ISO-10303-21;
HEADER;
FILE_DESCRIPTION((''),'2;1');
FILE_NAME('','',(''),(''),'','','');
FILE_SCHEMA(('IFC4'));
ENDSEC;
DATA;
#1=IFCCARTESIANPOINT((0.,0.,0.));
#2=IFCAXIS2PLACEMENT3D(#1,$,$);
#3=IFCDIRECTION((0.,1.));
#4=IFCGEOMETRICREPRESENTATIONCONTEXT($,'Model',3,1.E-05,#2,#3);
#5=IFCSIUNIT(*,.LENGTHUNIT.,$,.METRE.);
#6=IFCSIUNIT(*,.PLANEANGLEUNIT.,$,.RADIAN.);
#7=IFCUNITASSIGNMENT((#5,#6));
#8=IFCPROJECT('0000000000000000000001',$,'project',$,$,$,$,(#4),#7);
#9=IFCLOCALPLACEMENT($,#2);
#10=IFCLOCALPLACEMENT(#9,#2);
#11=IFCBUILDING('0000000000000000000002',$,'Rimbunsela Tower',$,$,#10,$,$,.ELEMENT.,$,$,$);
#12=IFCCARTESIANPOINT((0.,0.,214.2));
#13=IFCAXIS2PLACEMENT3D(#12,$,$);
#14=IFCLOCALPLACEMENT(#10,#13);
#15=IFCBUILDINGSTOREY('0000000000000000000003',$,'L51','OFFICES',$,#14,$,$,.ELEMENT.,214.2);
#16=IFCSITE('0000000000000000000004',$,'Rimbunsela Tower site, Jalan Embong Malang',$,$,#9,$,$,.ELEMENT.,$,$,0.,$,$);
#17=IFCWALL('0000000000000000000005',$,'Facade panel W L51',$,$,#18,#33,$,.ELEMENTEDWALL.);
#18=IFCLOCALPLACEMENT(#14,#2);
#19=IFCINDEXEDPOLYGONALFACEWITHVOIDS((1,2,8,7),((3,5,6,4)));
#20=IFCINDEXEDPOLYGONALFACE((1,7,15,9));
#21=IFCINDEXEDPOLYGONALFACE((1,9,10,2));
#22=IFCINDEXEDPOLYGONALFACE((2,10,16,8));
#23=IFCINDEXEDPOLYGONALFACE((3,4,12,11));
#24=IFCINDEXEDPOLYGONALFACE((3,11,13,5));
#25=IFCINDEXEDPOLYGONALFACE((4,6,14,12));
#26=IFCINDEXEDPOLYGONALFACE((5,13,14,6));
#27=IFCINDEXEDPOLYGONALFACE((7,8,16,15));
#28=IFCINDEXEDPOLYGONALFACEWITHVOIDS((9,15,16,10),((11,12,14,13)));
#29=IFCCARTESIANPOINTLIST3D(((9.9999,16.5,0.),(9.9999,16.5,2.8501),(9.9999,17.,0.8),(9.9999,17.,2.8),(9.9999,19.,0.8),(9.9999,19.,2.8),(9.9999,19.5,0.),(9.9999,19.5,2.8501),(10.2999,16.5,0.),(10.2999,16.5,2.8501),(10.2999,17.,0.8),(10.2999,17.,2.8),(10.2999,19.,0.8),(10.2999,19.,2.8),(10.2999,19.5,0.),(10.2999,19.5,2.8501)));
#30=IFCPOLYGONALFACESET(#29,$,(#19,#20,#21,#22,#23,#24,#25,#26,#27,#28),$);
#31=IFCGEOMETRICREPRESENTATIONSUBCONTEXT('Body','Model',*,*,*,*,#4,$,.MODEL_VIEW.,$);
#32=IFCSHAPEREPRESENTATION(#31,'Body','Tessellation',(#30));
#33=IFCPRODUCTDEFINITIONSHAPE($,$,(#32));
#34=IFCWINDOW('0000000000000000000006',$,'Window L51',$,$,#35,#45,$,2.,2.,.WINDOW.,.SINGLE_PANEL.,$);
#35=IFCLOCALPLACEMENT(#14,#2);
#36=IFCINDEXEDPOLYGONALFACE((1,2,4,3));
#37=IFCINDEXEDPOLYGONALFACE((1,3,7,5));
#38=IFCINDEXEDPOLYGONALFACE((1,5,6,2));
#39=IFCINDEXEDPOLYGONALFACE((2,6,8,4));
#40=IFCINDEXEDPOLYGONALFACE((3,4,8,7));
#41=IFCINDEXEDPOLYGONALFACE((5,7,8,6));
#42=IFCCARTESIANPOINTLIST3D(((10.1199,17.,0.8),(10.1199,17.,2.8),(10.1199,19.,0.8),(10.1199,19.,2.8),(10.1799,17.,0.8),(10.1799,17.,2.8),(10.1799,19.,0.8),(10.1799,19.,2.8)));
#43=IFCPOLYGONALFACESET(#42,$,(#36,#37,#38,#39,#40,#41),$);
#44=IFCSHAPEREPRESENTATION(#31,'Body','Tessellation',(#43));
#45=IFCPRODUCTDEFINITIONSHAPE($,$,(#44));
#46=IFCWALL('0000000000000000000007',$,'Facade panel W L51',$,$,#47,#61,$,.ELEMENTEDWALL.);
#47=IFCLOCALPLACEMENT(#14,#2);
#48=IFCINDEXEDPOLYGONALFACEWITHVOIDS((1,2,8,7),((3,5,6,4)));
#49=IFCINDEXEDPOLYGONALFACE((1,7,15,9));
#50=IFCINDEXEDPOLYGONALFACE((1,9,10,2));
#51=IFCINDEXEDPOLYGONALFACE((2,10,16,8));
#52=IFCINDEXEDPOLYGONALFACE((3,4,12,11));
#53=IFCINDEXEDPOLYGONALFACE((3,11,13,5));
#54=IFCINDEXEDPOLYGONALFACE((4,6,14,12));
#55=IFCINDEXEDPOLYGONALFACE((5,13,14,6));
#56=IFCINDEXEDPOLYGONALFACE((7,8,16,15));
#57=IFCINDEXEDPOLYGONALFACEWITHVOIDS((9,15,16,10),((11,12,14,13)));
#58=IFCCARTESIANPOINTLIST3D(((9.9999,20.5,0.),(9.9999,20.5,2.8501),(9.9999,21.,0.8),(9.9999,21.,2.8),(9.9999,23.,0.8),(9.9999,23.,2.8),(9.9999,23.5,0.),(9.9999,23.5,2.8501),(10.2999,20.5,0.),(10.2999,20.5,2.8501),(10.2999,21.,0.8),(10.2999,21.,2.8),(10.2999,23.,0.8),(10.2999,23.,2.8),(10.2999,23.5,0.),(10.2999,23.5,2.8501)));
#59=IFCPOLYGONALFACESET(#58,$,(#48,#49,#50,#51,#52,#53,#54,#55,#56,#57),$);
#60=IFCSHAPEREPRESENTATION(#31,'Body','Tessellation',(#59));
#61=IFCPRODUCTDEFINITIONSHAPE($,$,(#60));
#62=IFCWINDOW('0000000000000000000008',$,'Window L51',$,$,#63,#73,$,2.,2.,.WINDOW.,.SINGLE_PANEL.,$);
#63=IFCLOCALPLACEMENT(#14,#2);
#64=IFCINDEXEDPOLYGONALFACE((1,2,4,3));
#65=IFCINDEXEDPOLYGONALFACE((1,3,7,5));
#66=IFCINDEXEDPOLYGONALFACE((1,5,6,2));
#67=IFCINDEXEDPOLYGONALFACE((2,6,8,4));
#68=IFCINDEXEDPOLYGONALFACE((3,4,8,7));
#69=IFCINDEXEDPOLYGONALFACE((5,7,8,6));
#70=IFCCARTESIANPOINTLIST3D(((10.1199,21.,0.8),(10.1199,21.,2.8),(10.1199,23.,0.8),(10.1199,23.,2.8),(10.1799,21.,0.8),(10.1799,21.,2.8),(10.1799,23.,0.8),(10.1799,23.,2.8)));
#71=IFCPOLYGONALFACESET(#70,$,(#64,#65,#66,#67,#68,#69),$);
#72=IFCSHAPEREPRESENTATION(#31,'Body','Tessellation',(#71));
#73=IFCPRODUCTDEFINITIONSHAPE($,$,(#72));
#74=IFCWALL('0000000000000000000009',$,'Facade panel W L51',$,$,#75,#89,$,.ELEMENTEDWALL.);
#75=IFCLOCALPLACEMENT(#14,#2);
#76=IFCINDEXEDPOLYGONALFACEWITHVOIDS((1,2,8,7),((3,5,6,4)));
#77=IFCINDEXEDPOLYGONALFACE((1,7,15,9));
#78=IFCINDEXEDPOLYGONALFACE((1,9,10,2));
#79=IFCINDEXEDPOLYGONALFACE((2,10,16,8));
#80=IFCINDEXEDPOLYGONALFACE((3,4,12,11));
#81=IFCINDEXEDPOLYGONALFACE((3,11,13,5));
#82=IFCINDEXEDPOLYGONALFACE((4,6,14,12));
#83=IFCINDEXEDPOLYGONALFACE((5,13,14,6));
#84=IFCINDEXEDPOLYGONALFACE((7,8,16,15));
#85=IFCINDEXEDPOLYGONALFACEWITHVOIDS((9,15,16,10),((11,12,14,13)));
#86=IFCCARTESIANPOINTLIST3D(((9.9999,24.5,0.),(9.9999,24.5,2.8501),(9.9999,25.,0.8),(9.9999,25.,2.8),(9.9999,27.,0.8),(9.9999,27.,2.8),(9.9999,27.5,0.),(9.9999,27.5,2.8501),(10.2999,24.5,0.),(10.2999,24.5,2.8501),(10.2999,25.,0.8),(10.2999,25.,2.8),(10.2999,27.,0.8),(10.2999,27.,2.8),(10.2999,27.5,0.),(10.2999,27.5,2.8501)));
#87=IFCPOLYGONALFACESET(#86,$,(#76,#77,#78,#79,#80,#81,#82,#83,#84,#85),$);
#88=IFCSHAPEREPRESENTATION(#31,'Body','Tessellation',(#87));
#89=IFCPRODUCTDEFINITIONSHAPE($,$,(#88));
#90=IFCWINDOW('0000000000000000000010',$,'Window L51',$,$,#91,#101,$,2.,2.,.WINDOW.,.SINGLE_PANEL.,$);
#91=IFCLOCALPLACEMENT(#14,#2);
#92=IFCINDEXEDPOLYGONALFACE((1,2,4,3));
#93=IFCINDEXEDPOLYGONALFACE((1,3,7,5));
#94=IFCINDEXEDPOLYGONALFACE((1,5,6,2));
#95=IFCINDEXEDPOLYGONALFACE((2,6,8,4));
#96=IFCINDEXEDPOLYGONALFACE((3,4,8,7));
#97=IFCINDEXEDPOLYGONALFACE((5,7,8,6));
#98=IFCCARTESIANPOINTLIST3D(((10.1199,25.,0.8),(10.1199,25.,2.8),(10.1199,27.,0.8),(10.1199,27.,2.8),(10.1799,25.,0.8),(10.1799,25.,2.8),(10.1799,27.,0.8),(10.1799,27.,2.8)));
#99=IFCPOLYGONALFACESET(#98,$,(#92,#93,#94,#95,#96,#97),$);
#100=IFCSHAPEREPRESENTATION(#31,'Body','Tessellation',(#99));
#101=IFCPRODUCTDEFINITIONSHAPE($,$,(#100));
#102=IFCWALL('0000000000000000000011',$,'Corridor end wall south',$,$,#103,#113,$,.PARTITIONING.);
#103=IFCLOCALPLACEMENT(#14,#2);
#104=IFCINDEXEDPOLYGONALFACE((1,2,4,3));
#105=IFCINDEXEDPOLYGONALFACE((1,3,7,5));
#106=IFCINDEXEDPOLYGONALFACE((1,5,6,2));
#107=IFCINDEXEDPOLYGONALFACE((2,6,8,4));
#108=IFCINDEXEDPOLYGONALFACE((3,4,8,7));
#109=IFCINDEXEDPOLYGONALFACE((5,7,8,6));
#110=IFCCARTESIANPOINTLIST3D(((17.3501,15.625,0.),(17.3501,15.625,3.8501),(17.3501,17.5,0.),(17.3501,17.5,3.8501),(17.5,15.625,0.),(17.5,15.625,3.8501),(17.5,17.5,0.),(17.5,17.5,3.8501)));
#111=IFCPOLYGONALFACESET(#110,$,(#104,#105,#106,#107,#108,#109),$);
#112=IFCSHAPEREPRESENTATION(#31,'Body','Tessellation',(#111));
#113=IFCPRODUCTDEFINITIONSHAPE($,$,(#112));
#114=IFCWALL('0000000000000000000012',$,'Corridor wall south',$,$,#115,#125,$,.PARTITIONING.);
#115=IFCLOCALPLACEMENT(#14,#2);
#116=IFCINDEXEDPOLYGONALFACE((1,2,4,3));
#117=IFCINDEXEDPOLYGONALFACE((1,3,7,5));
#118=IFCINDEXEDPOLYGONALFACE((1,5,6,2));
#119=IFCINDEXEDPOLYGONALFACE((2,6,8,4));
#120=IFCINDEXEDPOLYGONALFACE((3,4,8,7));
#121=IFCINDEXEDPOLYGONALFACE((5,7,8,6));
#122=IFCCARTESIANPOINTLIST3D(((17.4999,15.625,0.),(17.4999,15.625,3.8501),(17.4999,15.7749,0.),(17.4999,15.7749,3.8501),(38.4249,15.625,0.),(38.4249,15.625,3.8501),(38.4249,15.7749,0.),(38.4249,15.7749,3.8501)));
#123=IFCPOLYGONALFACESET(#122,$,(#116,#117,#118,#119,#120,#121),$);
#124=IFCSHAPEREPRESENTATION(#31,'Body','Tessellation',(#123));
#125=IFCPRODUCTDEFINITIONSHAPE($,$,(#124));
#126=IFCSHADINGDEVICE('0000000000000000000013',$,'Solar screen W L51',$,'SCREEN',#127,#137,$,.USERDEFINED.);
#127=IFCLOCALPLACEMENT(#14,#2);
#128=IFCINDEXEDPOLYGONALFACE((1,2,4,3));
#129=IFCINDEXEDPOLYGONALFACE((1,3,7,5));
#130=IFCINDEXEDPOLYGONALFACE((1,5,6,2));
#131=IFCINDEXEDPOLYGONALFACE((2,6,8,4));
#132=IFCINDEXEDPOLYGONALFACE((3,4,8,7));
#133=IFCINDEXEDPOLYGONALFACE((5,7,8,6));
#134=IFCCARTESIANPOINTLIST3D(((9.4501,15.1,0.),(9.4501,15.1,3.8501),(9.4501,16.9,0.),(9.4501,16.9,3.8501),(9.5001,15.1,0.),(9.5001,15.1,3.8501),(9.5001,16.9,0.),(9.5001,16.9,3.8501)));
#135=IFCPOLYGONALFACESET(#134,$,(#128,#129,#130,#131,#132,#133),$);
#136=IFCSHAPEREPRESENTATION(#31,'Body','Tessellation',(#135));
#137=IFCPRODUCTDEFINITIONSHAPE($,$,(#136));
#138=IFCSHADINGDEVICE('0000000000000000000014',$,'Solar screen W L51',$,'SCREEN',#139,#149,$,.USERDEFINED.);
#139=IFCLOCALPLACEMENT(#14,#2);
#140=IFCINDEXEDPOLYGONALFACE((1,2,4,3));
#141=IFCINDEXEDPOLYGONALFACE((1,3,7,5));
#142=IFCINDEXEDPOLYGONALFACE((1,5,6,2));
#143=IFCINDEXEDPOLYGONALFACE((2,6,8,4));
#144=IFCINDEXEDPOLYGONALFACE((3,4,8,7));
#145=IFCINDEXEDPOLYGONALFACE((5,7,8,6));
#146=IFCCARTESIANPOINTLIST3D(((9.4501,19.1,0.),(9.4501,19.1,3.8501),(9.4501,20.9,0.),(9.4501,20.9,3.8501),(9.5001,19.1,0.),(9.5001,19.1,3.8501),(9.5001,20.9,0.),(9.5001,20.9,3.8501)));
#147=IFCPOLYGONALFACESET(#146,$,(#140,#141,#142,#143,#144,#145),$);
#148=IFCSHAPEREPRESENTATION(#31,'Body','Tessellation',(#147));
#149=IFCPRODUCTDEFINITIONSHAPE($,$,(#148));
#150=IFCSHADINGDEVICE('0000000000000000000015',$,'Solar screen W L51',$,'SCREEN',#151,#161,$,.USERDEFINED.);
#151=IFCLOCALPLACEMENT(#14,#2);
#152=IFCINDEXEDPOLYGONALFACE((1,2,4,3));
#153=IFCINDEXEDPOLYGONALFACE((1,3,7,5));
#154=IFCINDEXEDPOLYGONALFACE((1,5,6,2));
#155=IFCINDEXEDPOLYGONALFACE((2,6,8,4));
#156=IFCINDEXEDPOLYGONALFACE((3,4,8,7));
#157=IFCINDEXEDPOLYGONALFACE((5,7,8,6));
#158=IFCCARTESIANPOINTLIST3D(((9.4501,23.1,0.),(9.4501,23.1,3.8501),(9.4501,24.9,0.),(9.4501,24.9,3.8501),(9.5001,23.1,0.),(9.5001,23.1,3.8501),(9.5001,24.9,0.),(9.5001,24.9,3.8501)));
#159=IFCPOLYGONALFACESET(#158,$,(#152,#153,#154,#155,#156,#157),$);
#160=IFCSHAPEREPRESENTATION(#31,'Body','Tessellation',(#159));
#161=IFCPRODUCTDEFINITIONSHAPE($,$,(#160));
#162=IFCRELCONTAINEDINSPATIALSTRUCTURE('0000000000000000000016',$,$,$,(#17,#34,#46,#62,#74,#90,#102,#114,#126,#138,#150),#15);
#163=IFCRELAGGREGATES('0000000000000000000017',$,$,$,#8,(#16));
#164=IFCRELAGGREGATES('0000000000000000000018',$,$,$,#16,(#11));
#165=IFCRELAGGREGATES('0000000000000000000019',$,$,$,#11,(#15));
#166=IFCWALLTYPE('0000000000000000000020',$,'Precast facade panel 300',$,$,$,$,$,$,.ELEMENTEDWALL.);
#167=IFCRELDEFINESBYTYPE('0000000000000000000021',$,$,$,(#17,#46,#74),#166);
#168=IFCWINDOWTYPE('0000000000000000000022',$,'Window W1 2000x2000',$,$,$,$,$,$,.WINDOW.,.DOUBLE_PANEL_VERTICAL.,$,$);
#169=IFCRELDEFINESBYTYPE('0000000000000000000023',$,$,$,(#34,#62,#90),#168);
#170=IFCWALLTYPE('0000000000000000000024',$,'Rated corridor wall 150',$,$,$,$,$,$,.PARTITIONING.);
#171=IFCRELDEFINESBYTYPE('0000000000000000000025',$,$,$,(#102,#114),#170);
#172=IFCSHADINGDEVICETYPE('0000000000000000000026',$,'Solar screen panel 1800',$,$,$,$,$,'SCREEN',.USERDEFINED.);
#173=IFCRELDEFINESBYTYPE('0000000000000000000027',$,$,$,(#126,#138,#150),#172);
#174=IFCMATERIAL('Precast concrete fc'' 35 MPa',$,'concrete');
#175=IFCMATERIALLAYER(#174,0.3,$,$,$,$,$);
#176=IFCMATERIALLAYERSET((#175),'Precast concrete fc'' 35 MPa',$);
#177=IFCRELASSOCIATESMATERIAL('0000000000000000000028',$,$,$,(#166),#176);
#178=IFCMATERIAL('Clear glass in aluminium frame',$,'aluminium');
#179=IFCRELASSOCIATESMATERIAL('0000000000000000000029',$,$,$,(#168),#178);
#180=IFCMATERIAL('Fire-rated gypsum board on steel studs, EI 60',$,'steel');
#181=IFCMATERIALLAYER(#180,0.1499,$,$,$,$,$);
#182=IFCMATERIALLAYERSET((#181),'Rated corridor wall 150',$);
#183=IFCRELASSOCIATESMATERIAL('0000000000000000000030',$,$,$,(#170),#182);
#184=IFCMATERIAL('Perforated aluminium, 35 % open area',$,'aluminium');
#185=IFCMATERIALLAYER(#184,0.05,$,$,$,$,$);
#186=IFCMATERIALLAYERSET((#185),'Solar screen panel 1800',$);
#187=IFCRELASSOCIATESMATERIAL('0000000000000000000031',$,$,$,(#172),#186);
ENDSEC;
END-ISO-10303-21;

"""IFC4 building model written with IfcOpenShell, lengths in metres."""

from ifc_helpers import new_model, si_unit, direction, frame, frame_2d, origin, origin_2d, place, context, subcontext, project, spatial, rectangle, extrude, material, layer, layer_set, type_object, element, fill, save


model = new_model("IFC4")

# Units and contexts
model_context = context("Model", 3, precision=1e-05, world=origin(), true_north=direction((0.0, 1.0)))
body_context = subcontext(model_context, "Body", "Model", "MODEL_VIEW")
ifc_project = project(units=[si_unit("LENGTHUNIT", "METRE"), si_unit("PLANEANGLEUNIT", "RADIAN")], contexts=[model_context])

# Site, building, storey
site_placement = place(None, origin())
site = spatial("IfcSite", under=ifc_project, at=site_placement, Name="Rimbunsela Tower site, Jalan Embong Malang", CompositionType="ELEMENT", RefElevation=0.0)
building_placement = place(site_placement, origin())
building = spatial("IfcBuilding", under=site, at=building_placement, Name="Rimbunsela Tower", CompositionType="ELEMENT")
storey_placement = place(building_placement, frame((0.0, 0.0, 214.2)))
storey = spatial("IfcBuildingStorey", under=building, at=storey_placement, Name="L51", Description="OFFICES", CompositionType="ELEMENT", Elevation=214.2)

# Walls, openings, windows
ifc_material_1 = material(Name="Precast concrete fc' 35 MPa", Category="concrete")
ifc_layer_1 = layer(ifc_material_1, 0.3)
ifc_layer_set_1 = layer_set([ifc_layer_1], Name="Precast concrete fc' 35 MPa")
wall_type_1 = type_object("IfcWallType", Name="Precast facade panel 300", PredefinedType="ELEMENTEDWALL", material=ifc_layer_set_1)
wall_1_placement = place(storey_placement, frame((10.1499, 19.5, 0.0), z_axis=(0.0, 0.0, 1.0), x_axis=(0.0, -1.0, 0.0)))
wall_1 = element("IfcWall", 1, at=wall_1_placement, inside=storey, type_object=wall_type_1, Name="Facade panel W L51", PredefinedType="ELEMENTEDWALL", context=body_context, shape_type="SweptSolid", body=[
    extrude(rectangle(XDim=3.0, YDim=0.3, at=frame_2d((1.5, 0.0))), origin(), (0.0, 0.0, 1.0), 2.8501),
])
opening_1_placement = place(wall_1_placement, frame((0.5, 0.0, 0.8)))
opening_1 = element("IfcOpeningElement", 2, at=opening_1_placement, cuts=wall_1, PredefinedType="OPENING", context=body_context, shape_type="SweptSolid", body=[
    extrude(rectangle(XDim=2.0, YDim=2.0, at=frame_2d((1.0, 1.0))), frame((0.0, 0.1599, 0.0), z_axis=(0.0, -1.0, 0.0), x_axis=(1.0, 0.0, 0.0)), (0.0, 0.0, 1.0), 0.3201),
])
ifc_material_2 = material(Name="Clear glass in aluminium frame", Category="aluminium")
window_type = type_object("IfcWindowType", Name="Window W1 2000x2000", PartitioningType="DOUBLE_PANEL_VERTICAL", PredefinedType="WINDOW", material=ifc_material_2)
window_1_placement = place(opening_1_placement, origin())
window_1 = element("IfcWindow", 3, at=window_1_placement, inside=storey, type_object=window_type, Name="Window L51", OverallHeight=2.0, OverallWidth=2.0, PartitioningType="SINGLE_PANEL", PredefinedType="WINDOW", context=body_context, shape_type="SweptSolid", body=[
    extrude(rectangle(XDim=2.0, YDim=2.0, at=frame_2d((1.0, 1.0))), frame((0.0, 0.03, 0.0), z_axis=(0.0, -1.0, 0.0), x_axis=(1.0, 0.0, 0.0)), (0.0, 0.0, 1.0), 0.0601),
])
fill(opening_1, window_1)
wall_2_placement = place(storey_placement, frame((10.1499, 23.5, 0.0), z_axis=(0.0, 0.0, 1.0), x_axis=(0.0, -1.0, 0.0)))
wall_2 = element("IfcWall", 4, at=wall_2_placement, inside=storey, type_object=wall_type_1, Name="Facade panel W L51", PredefinedType="ELEMENTEDWALL", context=body_context, shape_type="SweptSolid", body=[
    extrude(rectangle(XDim=3.0, YDim=0.3, at=frame_2d((1.5, 0.0))), origin(), (0.0, 0.0, 1.0), 2.8501),
])
opening_2_placement = place(wall_2_placement, frame((0.5, 0.0, 0.8)))
opening_2 = element("IfcOpeningElement", 5, at=opening_2_placement, cuts=wall_2, PredefinedType="OPENING", context=body_context, shape_type="SweptSolid", body=[
    extrude(rectangle(XDim=2.0, YDim=2.0, at=frame_2d((1.0, 1.0))), frame((0.0, 0.1599, 0.0), z_axis=(0.0, -1.0, 0.0), x_axis=(1.0, 0.0, 0.0)), (0.0, 0.0, 1.0), 0.3201),
])
window_2_placement = place(opening_2_placement, origin())
window_2 = element("IfcWindow", 6, at=window_2_placement, inside=storey, type_object=window_type, Name="Window L51", OverallHeight=2.0, OverallWidth=2.0, PartitioningType="SINGLE_PANEL", PredefinedType="WINDOW", context=body_context, shape_type="SweptSolid", body=[
    extrude(rectangle(XDim=2.0, YDim=2.0, at=frame_2d((1.0, 1.0))), frame((0.0, 0.03, 0.0), z_axis=(0.0, -1.0, 0.0), x_axis=(1.0, 0.0, 0.0)), (0.0, 0.0, 1.0), 0.0601),
])
fill(opening_2, window_2)
wall_3_placement = place(storey_placement, frame((10.1499, 27.5, 0.0), z_axis=(0.0, 0.0, 1.0), x_axis=(0.0, -1.0, 0.0)))
wall_3 = element("IfcWall", 7, at=wall_3_placement, inside=storey, type_object=wall_type_1, Name="Facade panel W L51", PredefinedType="ELEMENTEDWALL", context=body_context, shape_type="SweptSolid", body=[
    extrude(rectangle(XDim=3.0, YDim=0.3, at=frame_2d((1.5, 0.0))), origin(), (0.0, 0.0, 1.0), 2.8501),
])
opening_3_placement = place(wall_3_placement, frame((0.5, 0.0, 0.8)))
opening_3 = element("IfcOpeningElement", 8, at=opening_3_placement, cuts=wall_3, PredefinedType="OPENING", context=body_context, shape_type="SweptSolid", body=[
    extrude(rectangle(XDim=2.0, YDim=2.0, at=frame_2d((1.0, 1.0))), frame((0.0, 0.1599, 0.0), z_axis=(0.0, -1.0, 0.0), x_axis=(1.0, 0.0, 0.0)), (0.0, 0.0, 1.0), 0.3201),
])
window_3_placement = place(opening_3_placement, origin())
window_3 = element("IfcWindow", 9, at=window_3_placement, inside=storey, type_object=window_type, Name="Window L51", OverallHeight=2.0, OverallWidth=2.0, PartitioningType="SINGLE_PANEL", PredefinedType="WINDOW", context=body_context, shape_type="SweptSolid", body=[
    extrude(rectangle(XDim=2.0, YDim=2.0, at=frame_2d((1.0, 1.0))), frame((0.0, 0.03, 0.0), z_axis=(0.0, -1.0, 0.0), x_axis=(1.0, 0.0, 0.0)), (0.0, 0.0, 1.0), 0.0601),
])
fill(opening_3, window_3)

# Walls
ifc_material_3 = material(Name="Fire-rated gypsum board on steel studs, EI 60", Category="steel")
ifc_layer_2 = layer(ifc_material_3, 0.1499)
ifc_layer_set_2 = layer_set([ifc_layer_2], Name="Rated corridor wall 150")
wall_type_2 = type_object("IfcWallType", Name="Rated corridor wall 150", PredefinedType="PARTITIONING", material=ifc_layer_set_2)
wall_4_placement = place(storey_placement, frame((17.425, 15.625, 0.0), z_axis=(0.0, 0.0, 1.0), x_axis=(0.0, 1.0, 0.0)))
element("IfcWall", 10, at=wall_4_placement, inside=storey, type_object=wall_type_2, Name="Corridor end wall south", PredefinedType="PARTITIONING", context=body_context, shape_type="SweptSolid", body=[
    extrude(rectangle(XDim=1.875, YDim=0.1499, at=frame_2d((0.9375, 0.0))), origin(), (0.0, 0.0, 1.0), 3.8501),
])
wall_5_placement = place(storey_placement, frame((17.5, 15.7, 0.0), z_axis=(0.0, 0.0, 1.0), x_axis=(1.0, 0.0, 0.0)))
element("IfcWall", 11, at=wall_5_placement, inside=storey, type_object=wall_type_2, Name="Corridor wall south", PredefinedType="PARTITIONING", context=body_context, shape_type="SweptSolid", body=[
    extrude(rectangle(XDim=20.925, YDim=0.1499, at=frame_2d((10.4624, 0.0))), origin(), (0.0, 0.0, 1.0), 3.8501),
])

# Shading devices
ifc_material_4 = material(Name="Perforated aluminium, 35 % open area", Category="aluminium")
ifc_layer_3 = layer(ifc_material_4, 0.05)
ifc_layer_set_3 = layer_set([ifc_layer_3], Name="Solar screen panel 1800")
shading_device_type = type_object("IfcShadingDeviceType", Name="Solar screen panel 1800", ElementType="SCREEN", PredefinedType="USERDEFINED", material=ifc_layer_set_3)
for number, where, z_axis, x_axis, name in (
    (12, (9.4751, 16.0, 0.0), (0.0, 0.0, 1.0), (0.0, 1.0, 0.0), "Solar screen W L51"),
    (13, (9.4751, 20.0, 0.0), (0.0, 0.0, 1.0), (0.0, 1.0, 0.0), "Solar screen W L51"),
    (14, (9.4751, 24.0, 0.0), (0.0, 0.0, 1.0), (0.0, 1.0, 0.0), "Solar screen W L51"),
):
    element("IfcShadingDevice", number, at=place(storey_placement, frame(where, z_axis=z_axis, x_axis=x_axis)), inside=storey, type_object=shading_device_type, Name=name, ObjectType="SCREEN", PredefinedType="USERDEFINED", context=body_context, shape_type="SweptSolid", body=[
        extrude(rectangle(XDim=1.8, YDim=0.05, at=origin_2d()), origin(), (0.0, 0.0, 1.0), 3.8501),
    ])

save(model, "model.ifc")
